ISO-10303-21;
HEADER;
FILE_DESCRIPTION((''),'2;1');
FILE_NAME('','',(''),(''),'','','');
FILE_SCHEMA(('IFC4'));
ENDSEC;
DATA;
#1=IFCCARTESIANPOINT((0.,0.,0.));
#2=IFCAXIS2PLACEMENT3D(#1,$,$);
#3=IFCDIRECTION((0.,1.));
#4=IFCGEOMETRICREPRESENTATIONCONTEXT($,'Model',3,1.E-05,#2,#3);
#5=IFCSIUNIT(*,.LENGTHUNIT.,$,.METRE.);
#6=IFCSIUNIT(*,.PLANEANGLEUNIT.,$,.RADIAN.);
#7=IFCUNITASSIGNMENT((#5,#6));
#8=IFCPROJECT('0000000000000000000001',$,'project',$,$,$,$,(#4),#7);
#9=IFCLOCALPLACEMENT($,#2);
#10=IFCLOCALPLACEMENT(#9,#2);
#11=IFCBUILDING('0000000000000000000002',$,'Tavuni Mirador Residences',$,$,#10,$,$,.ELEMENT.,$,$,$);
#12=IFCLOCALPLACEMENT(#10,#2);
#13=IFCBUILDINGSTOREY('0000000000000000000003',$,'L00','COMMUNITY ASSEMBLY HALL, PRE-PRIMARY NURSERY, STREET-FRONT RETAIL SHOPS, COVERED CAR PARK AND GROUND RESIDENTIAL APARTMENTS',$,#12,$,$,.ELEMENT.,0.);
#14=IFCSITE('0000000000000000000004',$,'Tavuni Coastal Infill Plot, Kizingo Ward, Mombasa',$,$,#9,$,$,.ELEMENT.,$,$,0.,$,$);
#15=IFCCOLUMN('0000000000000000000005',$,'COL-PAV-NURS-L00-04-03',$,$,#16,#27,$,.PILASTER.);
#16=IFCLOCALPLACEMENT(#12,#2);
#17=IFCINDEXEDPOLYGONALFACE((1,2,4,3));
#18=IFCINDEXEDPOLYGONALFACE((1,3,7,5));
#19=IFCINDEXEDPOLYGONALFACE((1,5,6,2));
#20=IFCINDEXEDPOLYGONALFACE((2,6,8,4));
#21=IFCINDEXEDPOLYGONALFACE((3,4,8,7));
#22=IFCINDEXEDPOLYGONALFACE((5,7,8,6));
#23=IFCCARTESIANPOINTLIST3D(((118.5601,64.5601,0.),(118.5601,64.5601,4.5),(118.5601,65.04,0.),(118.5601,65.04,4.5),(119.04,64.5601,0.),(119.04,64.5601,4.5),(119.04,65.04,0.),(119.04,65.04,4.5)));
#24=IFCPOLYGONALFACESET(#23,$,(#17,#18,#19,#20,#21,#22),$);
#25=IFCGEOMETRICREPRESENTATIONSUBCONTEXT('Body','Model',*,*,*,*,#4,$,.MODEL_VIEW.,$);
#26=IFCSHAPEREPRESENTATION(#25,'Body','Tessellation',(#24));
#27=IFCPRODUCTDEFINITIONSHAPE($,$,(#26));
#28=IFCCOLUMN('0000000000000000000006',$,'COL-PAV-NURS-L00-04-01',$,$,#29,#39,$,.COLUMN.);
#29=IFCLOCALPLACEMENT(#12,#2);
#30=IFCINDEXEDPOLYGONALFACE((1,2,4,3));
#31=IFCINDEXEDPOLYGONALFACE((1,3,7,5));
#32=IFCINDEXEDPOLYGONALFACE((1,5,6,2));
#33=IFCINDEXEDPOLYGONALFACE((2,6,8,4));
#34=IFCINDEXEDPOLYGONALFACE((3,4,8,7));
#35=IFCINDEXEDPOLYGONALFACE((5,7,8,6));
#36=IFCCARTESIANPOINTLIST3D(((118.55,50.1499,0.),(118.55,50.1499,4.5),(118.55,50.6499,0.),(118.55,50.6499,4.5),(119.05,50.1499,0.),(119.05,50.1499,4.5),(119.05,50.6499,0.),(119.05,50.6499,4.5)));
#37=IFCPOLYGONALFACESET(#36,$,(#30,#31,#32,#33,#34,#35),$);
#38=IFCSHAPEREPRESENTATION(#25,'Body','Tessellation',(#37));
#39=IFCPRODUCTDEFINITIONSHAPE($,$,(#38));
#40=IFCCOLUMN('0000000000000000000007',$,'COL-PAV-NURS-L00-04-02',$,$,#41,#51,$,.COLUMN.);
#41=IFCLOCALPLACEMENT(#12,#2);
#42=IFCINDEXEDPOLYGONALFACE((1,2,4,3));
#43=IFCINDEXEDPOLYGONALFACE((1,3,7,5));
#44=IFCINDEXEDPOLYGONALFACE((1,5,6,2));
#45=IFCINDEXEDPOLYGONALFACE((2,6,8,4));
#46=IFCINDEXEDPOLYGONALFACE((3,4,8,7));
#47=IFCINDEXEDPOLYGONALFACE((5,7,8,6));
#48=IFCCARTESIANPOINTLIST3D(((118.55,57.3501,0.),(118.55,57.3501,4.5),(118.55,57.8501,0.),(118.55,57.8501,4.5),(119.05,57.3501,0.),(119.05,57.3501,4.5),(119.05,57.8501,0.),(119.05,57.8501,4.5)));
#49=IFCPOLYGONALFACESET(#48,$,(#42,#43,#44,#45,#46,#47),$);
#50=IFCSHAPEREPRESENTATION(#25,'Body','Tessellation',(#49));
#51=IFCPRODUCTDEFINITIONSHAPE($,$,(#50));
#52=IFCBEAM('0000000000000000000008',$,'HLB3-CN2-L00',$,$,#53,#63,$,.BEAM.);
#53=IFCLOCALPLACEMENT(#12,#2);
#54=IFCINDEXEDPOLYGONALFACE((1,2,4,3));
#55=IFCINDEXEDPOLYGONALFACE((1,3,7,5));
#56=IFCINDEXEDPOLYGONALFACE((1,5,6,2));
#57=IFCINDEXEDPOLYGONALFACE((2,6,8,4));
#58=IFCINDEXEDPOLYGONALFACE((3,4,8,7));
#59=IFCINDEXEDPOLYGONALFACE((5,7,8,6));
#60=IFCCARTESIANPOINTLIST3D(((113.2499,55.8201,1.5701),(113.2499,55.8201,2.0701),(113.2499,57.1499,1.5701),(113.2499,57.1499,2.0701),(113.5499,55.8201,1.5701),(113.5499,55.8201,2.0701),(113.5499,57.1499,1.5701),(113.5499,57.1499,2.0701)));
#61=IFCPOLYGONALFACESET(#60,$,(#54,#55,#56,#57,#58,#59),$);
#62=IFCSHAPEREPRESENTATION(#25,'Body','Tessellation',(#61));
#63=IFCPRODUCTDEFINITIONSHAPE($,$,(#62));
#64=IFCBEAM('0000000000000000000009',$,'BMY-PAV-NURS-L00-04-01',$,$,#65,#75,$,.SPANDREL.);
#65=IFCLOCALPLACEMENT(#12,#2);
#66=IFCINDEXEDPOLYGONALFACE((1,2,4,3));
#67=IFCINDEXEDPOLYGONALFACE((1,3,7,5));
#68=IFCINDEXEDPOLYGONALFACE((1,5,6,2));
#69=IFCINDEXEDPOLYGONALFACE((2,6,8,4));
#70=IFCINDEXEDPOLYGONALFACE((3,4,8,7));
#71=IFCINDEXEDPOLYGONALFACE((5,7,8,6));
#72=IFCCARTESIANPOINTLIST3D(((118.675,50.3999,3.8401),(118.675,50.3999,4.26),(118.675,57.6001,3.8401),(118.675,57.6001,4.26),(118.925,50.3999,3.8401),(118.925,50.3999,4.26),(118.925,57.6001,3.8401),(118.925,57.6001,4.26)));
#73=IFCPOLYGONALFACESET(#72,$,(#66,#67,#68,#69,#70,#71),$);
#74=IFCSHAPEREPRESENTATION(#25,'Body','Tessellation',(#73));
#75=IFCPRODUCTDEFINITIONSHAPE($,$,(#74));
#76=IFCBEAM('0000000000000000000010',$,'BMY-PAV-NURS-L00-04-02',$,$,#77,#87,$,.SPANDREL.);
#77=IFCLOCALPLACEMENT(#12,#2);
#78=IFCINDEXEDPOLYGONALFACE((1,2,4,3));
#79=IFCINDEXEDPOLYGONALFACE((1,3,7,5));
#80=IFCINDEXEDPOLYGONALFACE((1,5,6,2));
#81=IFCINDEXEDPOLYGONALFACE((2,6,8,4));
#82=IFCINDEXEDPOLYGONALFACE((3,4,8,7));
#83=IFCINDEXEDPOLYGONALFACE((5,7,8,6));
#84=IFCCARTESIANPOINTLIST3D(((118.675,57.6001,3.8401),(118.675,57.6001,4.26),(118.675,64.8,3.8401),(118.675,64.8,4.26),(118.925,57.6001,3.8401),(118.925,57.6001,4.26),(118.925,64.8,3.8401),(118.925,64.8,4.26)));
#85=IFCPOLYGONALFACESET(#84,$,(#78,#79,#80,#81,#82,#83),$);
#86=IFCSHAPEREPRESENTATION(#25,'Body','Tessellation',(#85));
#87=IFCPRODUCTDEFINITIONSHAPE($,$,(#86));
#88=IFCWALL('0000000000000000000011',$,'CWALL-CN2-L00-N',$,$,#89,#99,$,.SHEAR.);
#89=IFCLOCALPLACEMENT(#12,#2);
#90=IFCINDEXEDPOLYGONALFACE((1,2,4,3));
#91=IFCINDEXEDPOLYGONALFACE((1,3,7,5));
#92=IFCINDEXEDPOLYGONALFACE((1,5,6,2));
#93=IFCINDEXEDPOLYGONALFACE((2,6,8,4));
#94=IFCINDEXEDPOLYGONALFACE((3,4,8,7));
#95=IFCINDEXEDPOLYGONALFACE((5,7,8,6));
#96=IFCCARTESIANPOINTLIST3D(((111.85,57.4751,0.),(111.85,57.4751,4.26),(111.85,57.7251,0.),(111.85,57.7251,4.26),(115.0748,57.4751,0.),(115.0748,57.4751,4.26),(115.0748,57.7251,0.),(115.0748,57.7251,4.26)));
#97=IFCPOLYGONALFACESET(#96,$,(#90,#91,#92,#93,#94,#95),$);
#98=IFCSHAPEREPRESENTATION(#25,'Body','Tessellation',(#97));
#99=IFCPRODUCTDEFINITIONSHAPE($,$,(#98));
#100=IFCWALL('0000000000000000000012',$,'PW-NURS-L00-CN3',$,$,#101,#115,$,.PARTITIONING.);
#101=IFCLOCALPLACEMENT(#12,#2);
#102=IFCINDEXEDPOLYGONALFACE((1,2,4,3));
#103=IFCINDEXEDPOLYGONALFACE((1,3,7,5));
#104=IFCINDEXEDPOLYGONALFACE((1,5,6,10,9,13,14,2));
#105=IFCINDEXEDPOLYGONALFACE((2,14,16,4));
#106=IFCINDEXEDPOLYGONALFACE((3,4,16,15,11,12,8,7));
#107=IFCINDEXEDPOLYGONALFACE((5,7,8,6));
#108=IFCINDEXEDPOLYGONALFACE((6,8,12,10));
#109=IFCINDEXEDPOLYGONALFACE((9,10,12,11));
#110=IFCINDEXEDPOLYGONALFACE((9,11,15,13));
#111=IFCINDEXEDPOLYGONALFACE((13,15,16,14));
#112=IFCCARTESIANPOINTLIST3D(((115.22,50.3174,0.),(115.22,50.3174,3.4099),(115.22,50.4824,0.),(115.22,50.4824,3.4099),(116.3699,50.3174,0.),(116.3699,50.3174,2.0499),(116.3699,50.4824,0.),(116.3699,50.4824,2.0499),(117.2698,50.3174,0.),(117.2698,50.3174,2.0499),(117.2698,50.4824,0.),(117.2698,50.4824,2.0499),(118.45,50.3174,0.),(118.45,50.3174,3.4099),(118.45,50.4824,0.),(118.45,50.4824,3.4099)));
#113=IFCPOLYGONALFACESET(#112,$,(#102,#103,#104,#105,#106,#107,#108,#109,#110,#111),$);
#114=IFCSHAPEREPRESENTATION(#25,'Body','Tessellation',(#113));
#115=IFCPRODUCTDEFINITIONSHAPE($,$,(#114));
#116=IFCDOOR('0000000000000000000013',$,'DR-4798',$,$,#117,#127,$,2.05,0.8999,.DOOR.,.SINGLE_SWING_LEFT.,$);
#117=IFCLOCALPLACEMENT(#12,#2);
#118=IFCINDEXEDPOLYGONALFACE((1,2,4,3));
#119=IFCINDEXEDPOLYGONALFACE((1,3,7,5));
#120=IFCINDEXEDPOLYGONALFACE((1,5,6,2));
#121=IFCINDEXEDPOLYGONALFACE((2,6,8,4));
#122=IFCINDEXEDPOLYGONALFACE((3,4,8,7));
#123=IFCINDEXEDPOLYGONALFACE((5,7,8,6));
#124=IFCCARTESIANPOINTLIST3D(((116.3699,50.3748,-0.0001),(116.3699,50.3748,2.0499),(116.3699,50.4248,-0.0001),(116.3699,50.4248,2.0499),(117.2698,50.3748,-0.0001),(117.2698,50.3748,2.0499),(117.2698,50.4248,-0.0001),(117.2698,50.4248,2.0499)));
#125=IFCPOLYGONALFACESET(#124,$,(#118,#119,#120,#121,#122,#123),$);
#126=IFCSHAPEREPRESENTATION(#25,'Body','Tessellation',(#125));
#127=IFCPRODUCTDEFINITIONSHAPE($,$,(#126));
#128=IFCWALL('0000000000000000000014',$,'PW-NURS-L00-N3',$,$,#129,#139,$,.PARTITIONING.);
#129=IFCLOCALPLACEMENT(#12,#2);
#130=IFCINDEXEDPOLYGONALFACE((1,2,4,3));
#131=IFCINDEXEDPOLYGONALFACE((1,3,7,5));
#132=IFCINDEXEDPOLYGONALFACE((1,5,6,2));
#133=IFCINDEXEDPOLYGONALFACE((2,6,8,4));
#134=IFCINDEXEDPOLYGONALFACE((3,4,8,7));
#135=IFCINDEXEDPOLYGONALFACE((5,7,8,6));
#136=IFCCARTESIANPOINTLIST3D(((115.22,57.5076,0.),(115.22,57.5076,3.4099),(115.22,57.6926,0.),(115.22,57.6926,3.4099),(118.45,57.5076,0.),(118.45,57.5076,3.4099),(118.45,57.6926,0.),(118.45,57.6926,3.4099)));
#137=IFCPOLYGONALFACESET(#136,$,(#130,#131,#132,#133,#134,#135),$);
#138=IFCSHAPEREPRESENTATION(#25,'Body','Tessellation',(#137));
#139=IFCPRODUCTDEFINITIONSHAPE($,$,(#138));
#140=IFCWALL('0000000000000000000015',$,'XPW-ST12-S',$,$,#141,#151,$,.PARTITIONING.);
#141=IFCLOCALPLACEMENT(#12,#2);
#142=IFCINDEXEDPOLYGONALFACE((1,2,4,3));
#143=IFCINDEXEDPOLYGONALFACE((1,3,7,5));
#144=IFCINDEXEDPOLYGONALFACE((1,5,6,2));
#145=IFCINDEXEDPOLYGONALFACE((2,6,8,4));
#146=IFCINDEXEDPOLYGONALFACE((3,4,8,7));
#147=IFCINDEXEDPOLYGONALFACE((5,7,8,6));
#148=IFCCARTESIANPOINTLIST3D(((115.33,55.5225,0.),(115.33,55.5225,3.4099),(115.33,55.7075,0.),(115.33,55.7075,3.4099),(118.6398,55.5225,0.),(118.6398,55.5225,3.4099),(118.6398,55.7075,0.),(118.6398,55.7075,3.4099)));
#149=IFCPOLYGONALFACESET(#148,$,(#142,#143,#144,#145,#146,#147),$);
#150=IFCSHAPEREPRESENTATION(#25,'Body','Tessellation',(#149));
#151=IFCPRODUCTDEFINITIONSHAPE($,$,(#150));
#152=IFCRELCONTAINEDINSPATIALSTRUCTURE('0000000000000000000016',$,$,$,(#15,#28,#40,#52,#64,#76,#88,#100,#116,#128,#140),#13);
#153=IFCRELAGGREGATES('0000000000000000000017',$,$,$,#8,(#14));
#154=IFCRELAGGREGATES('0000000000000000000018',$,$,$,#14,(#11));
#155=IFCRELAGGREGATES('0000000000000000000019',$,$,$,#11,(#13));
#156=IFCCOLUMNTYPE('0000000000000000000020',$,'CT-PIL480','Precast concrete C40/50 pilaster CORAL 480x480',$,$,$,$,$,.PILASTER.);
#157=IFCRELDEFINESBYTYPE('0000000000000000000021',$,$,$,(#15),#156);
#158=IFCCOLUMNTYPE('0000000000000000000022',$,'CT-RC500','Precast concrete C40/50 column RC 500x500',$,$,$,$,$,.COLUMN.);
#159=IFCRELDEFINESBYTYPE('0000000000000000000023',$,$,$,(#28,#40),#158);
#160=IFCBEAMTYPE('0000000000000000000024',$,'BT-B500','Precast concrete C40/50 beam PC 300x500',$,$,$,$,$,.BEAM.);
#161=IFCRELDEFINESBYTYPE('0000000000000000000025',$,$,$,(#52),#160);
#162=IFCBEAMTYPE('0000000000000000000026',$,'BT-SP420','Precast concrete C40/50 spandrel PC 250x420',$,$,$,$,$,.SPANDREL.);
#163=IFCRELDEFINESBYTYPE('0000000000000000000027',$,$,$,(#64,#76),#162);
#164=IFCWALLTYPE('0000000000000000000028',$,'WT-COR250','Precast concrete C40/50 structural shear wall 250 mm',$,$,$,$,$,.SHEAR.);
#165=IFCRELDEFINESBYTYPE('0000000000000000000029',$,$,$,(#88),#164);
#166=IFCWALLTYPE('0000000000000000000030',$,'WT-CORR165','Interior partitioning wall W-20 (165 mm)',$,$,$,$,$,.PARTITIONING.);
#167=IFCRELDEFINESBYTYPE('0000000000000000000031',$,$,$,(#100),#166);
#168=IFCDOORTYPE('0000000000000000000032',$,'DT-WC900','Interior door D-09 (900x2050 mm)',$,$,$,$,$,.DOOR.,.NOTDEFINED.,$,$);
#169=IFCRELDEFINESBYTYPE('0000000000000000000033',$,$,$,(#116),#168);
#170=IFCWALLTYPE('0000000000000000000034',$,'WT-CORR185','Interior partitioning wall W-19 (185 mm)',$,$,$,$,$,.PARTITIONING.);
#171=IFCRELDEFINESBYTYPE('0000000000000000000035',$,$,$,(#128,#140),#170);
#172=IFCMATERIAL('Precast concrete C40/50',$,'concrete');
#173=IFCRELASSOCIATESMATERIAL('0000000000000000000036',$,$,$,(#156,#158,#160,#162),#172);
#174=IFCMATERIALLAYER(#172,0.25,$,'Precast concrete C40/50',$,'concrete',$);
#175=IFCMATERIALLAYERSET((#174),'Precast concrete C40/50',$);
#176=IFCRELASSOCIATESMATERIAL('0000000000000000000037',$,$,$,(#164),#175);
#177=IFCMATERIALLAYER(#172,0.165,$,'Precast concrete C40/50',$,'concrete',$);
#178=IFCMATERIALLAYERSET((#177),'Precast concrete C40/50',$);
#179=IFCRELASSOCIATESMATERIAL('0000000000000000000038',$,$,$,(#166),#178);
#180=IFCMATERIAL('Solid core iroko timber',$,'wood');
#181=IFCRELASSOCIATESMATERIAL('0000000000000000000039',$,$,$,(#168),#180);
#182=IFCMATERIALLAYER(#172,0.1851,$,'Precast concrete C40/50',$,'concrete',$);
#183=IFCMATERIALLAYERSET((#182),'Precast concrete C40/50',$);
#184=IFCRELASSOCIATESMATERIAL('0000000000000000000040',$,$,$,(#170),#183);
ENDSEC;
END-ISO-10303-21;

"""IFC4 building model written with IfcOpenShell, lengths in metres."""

from ifc_helpers import new_model, si_unit, direction, frame, frame_2d, origin, origin_2d, place, context, subcontext, project, spatial, rectangle, extrude, material, layer, layer_set, material_profile, profile_set, type_object, element, fill, save


model = new_model("IFC4")

# Units and contexts
model_context = context("Model", 3, precision=1e-05, world=origin(), true_north=direction((0.0, 1.0)))
body_context = subcontext(model_context, "Body", "Model", "MODEL_VIEW")
ifc_project = project(units=[si_unit("LENGTHUNIT", "METRE"), si_unit("PLANEANGLEUNIT", "RADIAN")], contexts=[model_context])

# Site, building, storey
site_placement = place(None, origin())
site = spatial("IfcSite", under=ifc_project, at=site_placement, Name="Tavuni Coastal Infill Plot, Kizingo Ward, Mombasa", CompositionType="ELEMENT", RefElevation=0.0)
building_placement = place(site_placement, origin())
building = spatial("IfcBuilding", under=site, at=building_placement, Name="Tavuni Mirador Residences", CompositionType="ELEMENT")
storey_placement = place(building_placement, origin())
storey = spatial("IfcBuildingStorey", under=building, at=storey_placement, Name="L00", Description="COMMUNITY ASSEMBLY HALL, PRE-PRIMARY NURSERY, STREET-FRONT RETAIL SHOPS, COVERED CAR PARK AND GROUND RESIDENTIAL APARTMENTS", CompositionType="ELEMENT", Elevation=0.0)

# Columns
ifc_material_1 = material(Name="Precast concrete C40/50", Category="concrete")
ifc_material_profile_1 = material_profile(ifc_material_1, rectangle(XDim=0.48, YDim=0.48, at=origin_2d()), Name="CORAL 480x480", Category="concrete")
ifc_profile_set_1 = profile_set([ifc_material_profile_1], Name="Precast concrete C40/50")
column_type_1 = type_object("IfcColumnType", Name="CT-PIL480", Description="Precast concrete C40/50 pilaster CORAL 480x480", PredefinedType="PILASTER", material=ifc_profile_set_1)
column_placement = place(storey_placement, frame((118.8, 64.8, 0.0), z_axis=(0.0, 0.0, 1.0), x_axis=(1.0, 0.0, 0.0)))
element("IfcColumn", 1, at=column_placement, inside=storey, type_object=column_type_1, Name="COL-PAV-NURS-L00-04-03", PredefinedType="PILASTER", context=body_context, shape_type="SweptSolid", body=[
    extrude(rectangle(XDim=0.48, YDim=0.48, at=origin_2d()), origin(), (0.0, 0.0, 1.0), 4.5),
])
ifc_material_profile_2 = material_profile(ifc_material_1, rectangle(XDim=0.5, YDim=0.5, at=origin_2d()), Name="RC 500x500", Category="concrete")
ifc_profile_set_2 = profile_set([ifc_material_profile_2], Name="Precast concrete C40/50")
column_type_2 = type_object("IfcColumnType", Name="CT-RC500", Description="Precast concrete C40/50 column RC 500x500", PredefinedType="COLUMN", material=ifc_profile_set_2)
for number, where, z_axis, x_axis, name in (
    (2, (118.8, 50.3999, 0.0), (0.0, 0.0, 1.0), (1.0, 0.0, 0.0), "COL-PAV-NURS-L00-04-01"),
    (3, (118.8, 57.6001, 0.0), (0.0, 0.0, 1.0), (1.0, 0.0, 0.0), "COL-PAV-NURS-L00-04-02"),
):
    element("IfcColumn", number, at=place(storey_placement, frame(where, z_axis=z_axis, x_axis=x_axis)), inside=storey, type_object=column_type_2, Name=name, PredefinedType="COLUMN", context=body_context, shape_type="SweptSolid", body=[
        extrude(rectangle(XDim=0.5, YDim=0.5, at=origin_2d()), origin(), (0.0, 0.0, 1.0), 4.5),
    ])

# Beams
ifc_material_profile_3 = material_profile(ifc_material_1, rectangle(XDim=0.3, YDim=0.5, at=origin_2d()), Name="PC 300x500", Category="concrete")
ifc_profile_set_3 = profile_set([ifc_material_profile_3], Name="Precast concrete C40/50")
beam_type_1 = type_object("IfcBeamType", Name="BT-B500", Description="Precast concrete C40/50 beam PC 300x500", PredefinedType="BEAM", material=ifc_profile_set_3)
beam_1_placement = place(storey_placement, frame((113.3999, 55.8201, 1.8201), z_axis=(0.0, 1.0, 0.0), x_axis=(-1.0, 0.0, 0.0)))
element("IfcBeam", 4, at=beam_1_placement, inside=storey, type_object=beam_type_1, Name="HLB3-CN2-L00", PredefinedType="BEAM", context=body_context, shape_type="SweptSolid", body=[
    extrude(rectangle(XDim=0.3, YDim=0.5, at=origin_2d()), origin(), (0.0, 0.0, 1.0), 1.3298),
])
ifc_material_profile_4 = material_profile(ifc_material_1, rectangle(XDim=0.25, YDim=0.4199, at=origin_2d()), Name="PC 250x420", Category="concrete")
ifc_profile_set_4 = profile_set([ifc_material_profile_4], Name="Precast concrete C40/50")
beam_type_2 = type_object("IfcBeamType", Name="BT-SP420", Description="Precast concrete C40/50 spandrel PC 250x420", PredefinedType="SPANDREL", material=ifc_profile_set_4)
beam_2_placement = place(storey_placement, frame((118.8, 50.3999, 4.05), z_axis=(0.0, 1.0, 0.0), x_axis=(-1.0, 0.0, 0.0)))
element("IfcBeam", 5, at=beam_2_placement, inside=storey, type_object=beam_type_2, Name="BMY-PAV-NURS-L00-04-01", PredefinedType="SPANDREL", context=body_context, shape_type="SweptSolid", body=[
    extrude(rectangle(XDim=0.25, YDim=0.4199, at=origin_2d()), origin(), (0.0, 0.0, 1.0), 7.2002),
])
beam_3_placement = place(storey_placement, frame((118.8, 57.6001, 4.05), z_axis=(0.0, 1.0, 0.0), x_axis=(-1.0, 0.0, 0.0)))
element("IfcBeam", 6, at=beam_3_placement, inside=storey, type_object=beam_type_2, Name="BMY-PAV-NURS-L00-04-02", PredefinedType="SPANDREL", context=body_context, shape_type="SweptSolid", body=[
    extrude(rectangle(XDim=0.25, YDim=0.4199, at=origin_2d()), origin(), (0.0, 0.0, 1.0), 7.2),
])

# Wall
ifc_layer_1 = layer(ifc_material_1, 0.25, Name="Precast concrete C40/50", Category="concrete")
ifc_layer_set_1 = layer_set([ifc_layer_1], Name="Precast concrete C40/50")
wall_type_1 = type_object("IfcWallType", Name="WT-COR250", Description="Precast concrete C40/50 structural shear wall 250 mm", PredefinedType="SHEAR", material=ifc_layer_set_1)
wall_1_placement = place(storey_placement, frame((111.8501, 57.6001, 0.0), z_axis=(0.0, 0.0, 1.0), x_axis=(1.0, 0.0, 0.0)))
element("IfcWall", 7, at=wall_1_placement, inside=storey, type_object=wall_type_1, Name="CWALL-CN2-L00-N", PredefinedType="SHEAR", context=body_context, shape_type="SweptSolid", body=[
    extrude(rectangle(XDim=3.2249, YDim=0.25, at=frame_2d((1.6123, 0.0))), origin(), (0.0, 0.0, 1.0), 4.26),
])

# Wall, opening, door
ifc_material_2 = material(Name="Solid core iroko timber", Category="wood")
ifc_layer_2 = layer(ifc_material_1, 0.165, Name="Precast concrete C40/50", Category="concrete")
ifc_layer_set_2 = layer_set([ifc_layer_2], Name="Precast concrete C40/50")
wall_type_2 = type_object("IfcWallType", Name="WT-CORR165", Description="Interior partitioning wall W-20 (165 mm)", PredefinedType="PARTITIONING", material=ifc_layer_set_2)
wall_2_placement = place(storey_placement, frame((115.22, 50.3999, 0.0), z_axis=(0.0, 0.0, 1.0), x_axis=(1.0, 0.0, 0.0)))
wall_2 = element("IfcWall", 8, at=wall_2_placement, inside=storey, type_object=wall_type_2, Name="PW-NURS-L00-CN3", PredefinedType="PARTITIONING", context=body_context, shape_type="SweptSolid", body=[
    extrude(rectangle(XDim=3.23, YDim=0.165, at=frame_2d((1.615, 0.0))), origin(), (0.0, 0.0, 1.0), 3.4099),
])
opening_1_placement = place(wall_2_placement, frame((1.1499, 0.0, 0.0)))
opening_1 = element("IfcOpeningElement", 9, at=opening_1_placement, cuts=wall_2, PredefinedType="OPENING", context=body_context, shape_type="SweptSolid", body=[
    extrude(rectangle(XDim=0.8999, YDim=2.05, at=frame_2d((0.45, 1.0249))), frame((0.0, 0.0925, 0.0), z_axis=(0.0, -1.0, 0.0), x_axis=(1.0, 0.0, 0.0)), (0.0, 0.0, 1.0), 0.1851),
])
door_type_1 = type_object("IfcDoorType", Name="DT-WC900", Description="Interior door D-09 (900x2050 mm)", OperationType="NOTDEFINED", PredefinedType="DOOR", material=ifc_material_2)
door_1_placement = place(opening_1_placement, origin())
door_1 = element("IfcDoor", 10, at=door_1_placement, inside=storey, type_object=door_type_1, Name="DR-4798", OperationType="SINGLE_SWING_LEFT", OverallHeight=2.05, OverallWidth=0.8999, PredefinedType="DOOR", context=body_context, shape_type="SweptSolid", body=[
    extrude(rectangle(XDim=0.8999, YDim=2.05, at=frame_2d((0.45, 1.0249))), frame((0.0, 0.0249, 0.0), z_axis=(0.0, -1.0, 0.0), x_axis=(1.0, 0.0, 0.0)), (0.0, 0.0, 1.0), 0.05),
])
fill(opening_1, door_1)

# Walls
ifc_layer_3 = layer(ifc_material_1, 0.1851, Name="Precast concrete C40/50", Category="concrete")
ifc_layer_set_3 = layer_set([ifc_layer_3], Name="Precast concrete C40/50")
wall_type_3 = type_object("IfcWallType", Name="WT-CORR185", Description="Interior partitioning wall W-19 (185 mm)", PredefinedType="PARTITIONING", material=ifc_layer_set_3)
wall_3_placement = place(storey_placement, frame((115.22, 57.6001, 0.0), z_axis=(0.0, 0.0, 1.0), x_axis=(1.0, 0.0, 0.0)))
element("IfcWall", 11, at=wall_3_placement, inside=storey, type_object=wall_type_3, Name="PW-NURS-L00-N3", PredefinedType="PARTITIONING", context=body_context, shape_type="SweptSolid", body=[
    extrude(rectangle(XDim=3.23, YDim=0.1851, at=frame_2d((1.615, 0.0))), origin(), (0.0, 0.0, 1.0), 3.4099),
])
wall_4_placement = place(storey_placement, frame((115.3301, 55.615, 0.0), z_axis=(0.0, 0.0, 1.0), x_axis=(1.0, 0.0, 0.0)))
element("IfcWall", 12, at=wall_4_placement, inside=storey, type_object=wall_type_3, Name="XPW-ST12-S", PredefinedType="PARTITIONING", context=body_context, shape_type="SweptSolid", body=[
    extrude(rectangle(XDim=3.3098, YDim=0.1851, at=frame_2d((1.6548, 0.0))), origin(), (0.0, 0.0, 1.0), 3.4099),
])

save(model, "model.ifc")
